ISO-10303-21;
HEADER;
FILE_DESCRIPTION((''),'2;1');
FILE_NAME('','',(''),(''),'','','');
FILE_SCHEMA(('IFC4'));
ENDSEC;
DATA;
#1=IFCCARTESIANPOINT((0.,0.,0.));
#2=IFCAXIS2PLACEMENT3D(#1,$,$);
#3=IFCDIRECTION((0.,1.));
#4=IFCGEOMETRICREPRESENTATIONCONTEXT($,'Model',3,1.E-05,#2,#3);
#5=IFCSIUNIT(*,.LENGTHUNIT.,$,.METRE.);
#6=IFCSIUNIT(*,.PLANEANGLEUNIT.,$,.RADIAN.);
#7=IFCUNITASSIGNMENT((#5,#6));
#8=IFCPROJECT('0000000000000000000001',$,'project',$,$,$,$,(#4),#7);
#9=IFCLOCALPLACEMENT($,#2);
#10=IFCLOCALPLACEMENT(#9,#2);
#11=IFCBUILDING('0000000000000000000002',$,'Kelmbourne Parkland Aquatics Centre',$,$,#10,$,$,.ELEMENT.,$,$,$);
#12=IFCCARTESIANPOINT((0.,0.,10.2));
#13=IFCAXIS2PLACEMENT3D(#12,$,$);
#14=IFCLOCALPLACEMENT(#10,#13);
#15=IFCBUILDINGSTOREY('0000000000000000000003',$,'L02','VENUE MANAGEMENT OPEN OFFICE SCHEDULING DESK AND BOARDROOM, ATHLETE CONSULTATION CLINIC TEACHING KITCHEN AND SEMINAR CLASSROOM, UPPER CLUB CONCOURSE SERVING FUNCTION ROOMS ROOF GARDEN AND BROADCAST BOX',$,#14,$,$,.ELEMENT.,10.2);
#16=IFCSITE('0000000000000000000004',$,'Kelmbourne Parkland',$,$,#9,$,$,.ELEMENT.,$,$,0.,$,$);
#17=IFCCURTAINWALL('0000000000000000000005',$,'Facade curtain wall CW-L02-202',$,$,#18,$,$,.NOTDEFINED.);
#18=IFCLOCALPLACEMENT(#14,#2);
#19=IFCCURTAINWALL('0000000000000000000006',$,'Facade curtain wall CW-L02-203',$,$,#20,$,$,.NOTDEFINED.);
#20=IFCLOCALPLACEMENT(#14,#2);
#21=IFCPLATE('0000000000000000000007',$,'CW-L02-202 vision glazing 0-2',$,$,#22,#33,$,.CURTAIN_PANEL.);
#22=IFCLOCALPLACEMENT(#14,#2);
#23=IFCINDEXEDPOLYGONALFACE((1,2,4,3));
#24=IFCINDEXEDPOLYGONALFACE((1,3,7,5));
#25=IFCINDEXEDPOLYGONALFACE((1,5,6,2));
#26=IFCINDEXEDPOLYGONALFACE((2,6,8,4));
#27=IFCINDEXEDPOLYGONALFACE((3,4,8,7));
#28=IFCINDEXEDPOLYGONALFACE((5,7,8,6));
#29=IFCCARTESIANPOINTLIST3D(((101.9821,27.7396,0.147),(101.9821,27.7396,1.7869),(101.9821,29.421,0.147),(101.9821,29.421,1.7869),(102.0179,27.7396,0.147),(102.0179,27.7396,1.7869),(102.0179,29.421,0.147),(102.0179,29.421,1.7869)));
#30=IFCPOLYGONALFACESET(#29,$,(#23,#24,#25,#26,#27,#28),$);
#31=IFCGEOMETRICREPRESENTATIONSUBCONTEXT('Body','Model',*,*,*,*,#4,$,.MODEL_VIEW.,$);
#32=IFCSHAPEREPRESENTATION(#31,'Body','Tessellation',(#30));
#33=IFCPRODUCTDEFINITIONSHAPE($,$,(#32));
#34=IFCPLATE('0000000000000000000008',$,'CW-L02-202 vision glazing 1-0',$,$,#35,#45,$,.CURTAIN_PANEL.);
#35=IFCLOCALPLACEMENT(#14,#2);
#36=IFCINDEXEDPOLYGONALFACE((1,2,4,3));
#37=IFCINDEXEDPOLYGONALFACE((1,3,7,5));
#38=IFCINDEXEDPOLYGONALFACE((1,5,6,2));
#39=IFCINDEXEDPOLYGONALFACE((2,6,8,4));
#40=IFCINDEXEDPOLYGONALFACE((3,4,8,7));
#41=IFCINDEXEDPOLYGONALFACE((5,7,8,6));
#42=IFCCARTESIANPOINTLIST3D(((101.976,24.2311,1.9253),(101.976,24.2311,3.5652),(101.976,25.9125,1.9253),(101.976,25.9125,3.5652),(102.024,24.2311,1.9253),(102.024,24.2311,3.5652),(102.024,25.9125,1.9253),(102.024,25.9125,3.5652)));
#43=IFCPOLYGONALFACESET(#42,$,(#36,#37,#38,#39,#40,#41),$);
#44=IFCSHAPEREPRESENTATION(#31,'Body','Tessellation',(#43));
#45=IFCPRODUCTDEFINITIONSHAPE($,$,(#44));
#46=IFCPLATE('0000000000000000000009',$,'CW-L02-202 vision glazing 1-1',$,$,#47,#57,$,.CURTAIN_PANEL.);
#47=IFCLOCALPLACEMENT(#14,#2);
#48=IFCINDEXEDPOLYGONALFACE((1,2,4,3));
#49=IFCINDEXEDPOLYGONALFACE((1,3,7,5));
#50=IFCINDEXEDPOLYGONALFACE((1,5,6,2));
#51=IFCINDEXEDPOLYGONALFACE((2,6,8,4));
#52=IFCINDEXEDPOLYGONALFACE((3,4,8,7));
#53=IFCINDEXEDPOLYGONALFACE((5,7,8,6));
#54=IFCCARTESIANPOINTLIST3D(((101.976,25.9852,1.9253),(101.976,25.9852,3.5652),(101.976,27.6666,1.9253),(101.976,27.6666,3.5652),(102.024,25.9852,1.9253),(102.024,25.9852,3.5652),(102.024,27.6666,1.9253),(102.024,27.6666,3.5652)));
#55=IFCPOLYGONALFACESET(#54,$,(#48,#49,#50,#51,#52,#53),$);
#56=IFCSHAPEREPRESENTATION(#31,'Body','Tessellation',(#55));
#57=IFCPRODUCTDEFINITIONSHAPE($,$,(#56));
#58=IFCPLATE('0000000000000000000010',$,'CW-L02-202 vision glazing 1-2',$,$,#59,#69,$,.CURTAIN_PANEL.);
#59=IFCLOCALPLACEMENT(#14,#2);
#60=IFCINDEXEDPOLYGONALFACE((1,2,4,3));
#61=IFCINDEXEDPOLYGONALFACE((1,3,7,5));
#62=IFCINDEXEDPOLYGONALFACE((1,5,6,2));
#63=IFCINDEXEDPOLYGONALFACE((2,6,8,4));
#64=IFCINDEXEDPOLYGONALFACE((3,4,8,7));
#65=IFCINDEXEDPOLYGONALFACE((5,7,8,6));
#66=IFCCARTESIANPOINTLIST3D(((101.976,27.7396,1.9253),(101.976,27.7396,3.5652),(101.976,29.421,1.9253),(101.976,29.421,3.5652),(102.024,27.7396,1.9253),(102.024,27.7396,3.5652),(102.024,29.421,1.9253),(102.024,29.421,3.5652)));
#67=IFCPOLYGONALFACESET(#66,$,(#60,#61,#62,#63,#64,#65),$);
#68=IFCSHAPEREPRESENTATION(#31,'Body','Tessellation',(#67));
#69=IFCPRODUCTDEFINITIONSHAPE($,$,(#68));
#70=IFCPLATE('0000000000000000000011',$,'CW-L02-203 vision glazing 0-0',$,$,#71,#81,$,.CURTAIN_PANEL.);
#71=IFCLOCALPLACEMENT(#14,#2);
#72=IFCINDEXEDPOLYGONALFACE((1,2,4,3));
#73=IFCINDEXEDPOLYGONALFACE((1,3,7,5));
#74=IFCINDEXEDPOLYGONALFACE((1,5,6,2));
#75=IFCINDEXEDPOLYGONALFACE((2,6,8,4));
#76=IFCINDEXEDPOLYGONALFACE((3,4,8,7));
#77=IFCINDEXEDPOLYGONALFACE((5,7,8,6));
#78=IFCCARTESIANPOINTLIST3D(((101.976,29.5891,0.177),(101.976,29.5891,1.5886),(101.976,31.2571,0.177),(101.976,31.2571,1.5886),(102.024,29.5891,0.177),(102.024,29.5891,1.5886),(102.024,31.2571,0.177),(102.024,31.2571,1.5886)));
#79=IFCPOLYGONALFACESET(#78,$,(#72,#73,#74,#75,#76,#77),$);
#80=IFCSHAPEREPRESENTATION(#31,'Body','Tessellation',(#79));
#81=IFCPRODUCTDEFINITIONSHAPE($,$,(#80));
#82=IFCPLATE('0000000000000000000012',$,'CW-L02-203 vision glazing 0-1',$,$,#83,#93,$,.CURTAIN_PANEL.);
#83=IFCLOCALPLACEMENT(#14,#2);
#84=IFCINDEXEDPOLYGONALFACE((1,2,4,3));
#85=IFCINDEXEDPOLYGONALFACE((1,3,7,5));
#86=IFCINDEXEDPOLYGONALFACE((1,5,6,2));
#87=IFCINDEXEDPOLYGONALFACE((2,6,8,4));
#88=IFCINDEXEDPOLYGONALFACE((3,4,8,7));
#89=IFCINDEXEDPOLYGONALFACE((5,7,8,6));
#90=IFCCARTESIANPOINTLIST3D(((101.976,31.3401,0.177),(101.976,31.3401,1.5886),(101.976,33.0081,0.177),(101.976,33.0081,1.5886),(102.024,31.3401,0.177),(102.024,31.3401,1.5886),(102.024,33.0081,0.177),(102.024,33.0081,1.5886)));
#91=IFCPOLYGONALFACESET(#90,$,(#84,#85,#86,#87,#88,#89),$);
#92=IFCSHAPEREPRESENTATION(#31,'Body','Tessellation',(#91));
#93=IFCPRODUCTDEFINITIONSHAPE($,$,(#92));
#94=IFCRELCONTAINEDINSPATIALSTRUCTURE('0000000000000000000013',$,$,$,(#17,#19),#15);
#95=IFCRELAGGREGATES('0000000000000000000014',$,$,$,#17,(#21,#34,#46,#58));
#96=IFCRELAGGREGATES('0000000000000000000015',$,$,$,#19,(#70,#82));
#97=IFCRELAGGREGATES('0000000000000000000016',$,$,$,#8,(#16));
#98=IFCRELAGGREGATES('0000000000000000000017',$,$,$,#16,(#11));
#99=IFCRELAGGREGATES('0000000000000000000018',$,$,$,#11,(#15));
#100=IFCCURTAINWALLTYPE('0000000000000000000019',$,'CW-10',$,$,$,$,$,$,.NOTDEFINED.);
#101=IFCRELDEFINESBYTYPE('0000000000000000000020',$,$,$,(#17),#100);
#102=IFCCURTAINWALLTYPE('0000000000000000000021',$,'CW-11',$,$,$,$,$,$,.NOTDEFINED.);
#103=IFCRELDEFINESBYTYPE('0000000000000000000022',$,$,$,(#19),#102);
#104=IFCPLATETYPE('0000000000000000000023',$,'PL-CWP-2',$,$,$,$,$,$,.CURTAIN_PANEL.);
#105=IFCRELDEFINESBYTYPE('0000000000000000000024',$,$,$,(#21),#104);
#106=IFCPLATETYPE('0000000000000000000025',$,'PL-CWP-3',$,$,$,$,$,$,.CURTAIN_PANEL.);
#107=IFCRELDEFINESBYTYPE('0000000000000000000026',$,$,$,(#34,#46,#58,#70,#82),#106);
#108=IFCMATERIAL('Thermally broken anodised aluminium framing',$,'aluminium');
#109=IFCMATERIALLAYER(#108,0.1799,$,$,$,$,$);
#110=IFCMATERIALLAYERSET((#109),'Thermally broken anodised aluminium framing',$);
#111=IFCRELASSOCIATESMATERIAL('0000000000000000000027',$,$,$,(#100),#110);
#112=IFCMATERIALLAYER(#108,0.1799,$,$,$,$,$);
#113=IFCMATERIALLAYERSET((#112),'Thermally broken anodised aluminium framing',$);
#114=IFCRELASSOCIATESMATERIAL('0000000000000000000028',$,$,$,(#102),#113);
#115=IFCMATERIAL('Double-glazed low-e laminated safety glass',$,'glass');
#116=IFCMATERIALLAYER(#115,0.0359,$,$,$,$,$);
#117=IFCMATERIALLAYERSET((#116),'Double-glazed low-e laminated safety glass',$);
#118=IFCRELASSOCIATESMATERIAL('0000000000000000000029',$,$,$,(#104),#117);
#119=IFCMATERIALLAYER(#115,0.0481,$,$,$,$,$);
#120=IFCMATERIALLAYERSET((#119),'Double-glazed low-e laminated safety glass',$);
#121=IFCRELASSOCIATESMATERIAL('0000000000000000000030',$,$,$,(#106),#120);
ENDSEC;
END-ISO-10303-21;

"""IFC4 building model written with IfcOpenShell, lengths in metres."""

from ifc_helpers import new_model, si_unit, direction, frame, origin, origin_2d, place, context, subcontext, project, spatial, rectangle, extrude, material, layer, layer_set, type_object, element, aggregate, save


model = new_model("IFC4")

# Units and contexts
model_context = context("Model", 3, precision=1e-05, world=origin(), true_north=direction((0.0, 1.0)))
body_context = subcontext(model_context, "Body", "Model", "MODEL_VIEW")
ifc_project = project(units=[si_unit("LENGTHUNIT", "METRE"), si_unit("PLANEANGLEUNIT", "RADIAN")], contexts=[model_context])

# Site, building, storey
site_placement = place(None, origin())
site = spatial("IfcSite", under=ifc_project, at=site_placement, Name="Kelmbourne Parkland", CompositionType="ELEMENT", RefElevation=0.0)
building_placement = place(site_placement, origin())
building = spatial("IfcBuilding", under=site, at=building_placement, Name="Kelmbourne Parkland Aquatics Centre", CompositionType="ELEMENT")
storey_placement = place(building_placement, frame((0.0, 0.0, 10.2)))
storey = spatial("IfcBuildingStorey", under=building, at=storey_placement, Name="L02", Description="VENUE MANAGEMENT OPEN OFFICE SCHEDULING DESK AND BOARDROOM, ATHLETE CONSULTATION CLINIC TEACHING KITCHEN AND SEMINAR CLASSROOM, UPPER CLUB CONCOURSE SERVING FUNCTION ROOMS ROOF GARDEN AND BROADCAST BOX", CompositionType="ELEMENT", Elevation=10.2)

# Curtain walls
ifc_material_1 = material(Name="Thermally broken anodised aluminium framing", Category="aluminium")
ifc_layer_1 = layer(ifc_material_1, 0.1799)
ifc_layer_set_1 = layer_set([ifc_layer_1], Name="Thermally broken anodised aluminium framing")
curtain_wall_type_1 = type_object("IfcCurtainWallType", Name="CW-10", PredefinedType="NOTDEFINED", material=ifc_layer_set_1)
curtain_wall_1_placement = place(storey_placement, origin())
curtain_wall_1 = element("IfcCurtainWall", 1, at=curtain_wall_1_placement, inside=storey, type_object=curtain_wall_type_1, Name="Facade curtain wall CW-L02-202", PredefinedType="NOTDEFINED")
ifc_layer_2 = layer(ifc_material_1, 0.1799)
ifc_layer_set_2 = layer_set([ifc_layer_2], Name="Thermally broken anodised aluminium framing")
curtain_wall_type_2 = type_object("IfcCurtainWallType", Name="CW-11", PredefinedType="NOTDEFINED", material=ifc_layer_set_2)
curtain_wall_2_placement = place(storey_placement, origin())
curtain_wall_2 = element("IfcCurtainWall", 2, at=curtain_wall_2_placement, inside=storey, type_object=curtain_wall_type_2, Name="Facade curtain wall CW-L02-203", PredefinedType="NOTDEFINED")

# Plates
ifc_material_2 = material(Name="Double-glazed low-e laminated safety glass", Category="glass")
ifc_layer_3 = layer(ifc_material_2, 0.0359)
ifc_layer_set_3 = layer_set([ifc_layer_3], Name="Double-glazed low-e laminated safety glass")
plate_type_1 = type_object("IfcPlateType", Name="PL-CWP-2", PredefinedType="CURTAIN_PANEL", material=ifc_layer_set_3)
plate_1_placement = place(storey_placement, frame((102.0, 28.5803, 0.147), z_axis=(0.0, 0.0, 1.0), x_axis=(0.0, 1.0, 0.0)))
plate_1 = element("IfcPlate", 3, at=plate_1_placement, type_object=plate_type_1, Name="CW-L02-202 vision glazing 0-2", PredefinedType="CURTAIN_PANEL", context=body_context, shape_type="SweptSolid", body=[
    extrude(rectangle(XDim=1.6814, YDim=0.0359, at=origin_2d()), origin(), (0.0, 0.0, 1.0), 1.6399),
])
ifc_layer_4 = layer(ifc_material_2, 0.0481)
ifc_layer_set_4 = layer_set([ifc_layer_4], Name="Double-glazed low-e laminated safety glass")
plate_type_2 = type_object("IfcPlateType", Name="PL-CWP-3", PredefinedType="CURTAIN_PANEL", material=ifc_layer_set_4)
plate_2_placement = place(storey_placement, frame((102.0, 25.0718, 1.9253), z_axis=(0.0, 0.0, 1.0), x_axis=(0.0, 1.0, 0.0)))
plate_2 = element("IfcPlate", 4, at=plate_2_placement, type_object=plate_type_2, Name="CW-L02-202 vision glazing 1-0", PredefinedType="CURTAIN_PANEL", context=body_context, shape_type="SweptSolid", body=[
    extrude(rectangle(XDim=1.6814, YDim=0.0481, at=origin_2d()), origin(), (0.0, 0.0, 1.0), 1.6399),
])
plate_3_placement = place(storey_placement, frame((102.0, 26.8259, 1.9253), z_axis=(0.0, 0.0, 1.0), x_axis=(0.0, 1.0, 0.0)))
plate_3 = element("IfcPlate", 5, at=plate_3_placement, type_object=plate_type_2, Name="CW-L02-202 vision glazing 1-1", PredefinedType="CURTAIN_PANEL", context=body_context, shape_type="SweptSolid", body=[
    extrude(rectangle(XDim=1.6814, YDim=0.0481, at=origin_2d()), origin(), (0.0, 0.0, 1.0), 1.6399),
])
plate_4_placement = place(storey_placement, frame((102.0, 28.5803, 1.9253), z_axis=(0.0, 0.0, 1.0), x_axis=(0.0, 1.0, 0.0)))
plate_4 = element("IfcPlate", 6, at=plate_4_placement, type_object=plate_type_2, Name="CW-L02-202 vision glazing 1-2", PredefinedType="CURTAIN_PANEL", context=body_context, shape_type="SweptSolid", body=[
    extrude(rectangle(XDim=1.6814, YDim=0.0481, at=origin_2d()), origin(), (0.0, 0.0, 1.0), 1.6399),
])
aggregate(curtain_wall_1, [plate_1, plate_2, plate_3, plate_4])
plate_5_placement = place(storey_placement, frame((102.0, 30.4231, 0.177), z_axis=(0.0, 0.0, 1.0), x_axis=(0.0, 1.0, 0.0)))
plate_5 = element("IfcPlate", 7, at=plate_5_placement, type_object=plate_type_2, Name="CW-L02-203 vision glazing 0-0", PredefinedType="CURTAIN_PANEL", context=body_context, shape_type="SweptSolid", body=[
    extrude(rectangle(XDim=1.668, YDim=0.0481, at=origin_2d()), origin(), (0.0, 0.0, 1.0), 1.4116),
])
plate_6_placement = place(storey_placement, frame((102.0, 32.1741, 0.177), z_axis=(0.0, 0.0, 1.0), x_axis=(0.0, 1.0, 0.0)))
plate_6 = element("IfcPlate", 8, at=plate_6_placement, type_object=plate_type_2, Name="CW-L02-203 vision glazing 0-1", PredefinedType="CURTAIN_PANEL", context=body_context, shape_type="SweptSolid", body=[
    extrude(rectangle(XDim=1.668, YDim=0.0481, at=origin_2d()), origin(), (0.0, 0.0, 1.0), 1.4116),
])
aggregate(curtain_wall_2, [plate_5, plate_6])

save(model, "model.ifc")
